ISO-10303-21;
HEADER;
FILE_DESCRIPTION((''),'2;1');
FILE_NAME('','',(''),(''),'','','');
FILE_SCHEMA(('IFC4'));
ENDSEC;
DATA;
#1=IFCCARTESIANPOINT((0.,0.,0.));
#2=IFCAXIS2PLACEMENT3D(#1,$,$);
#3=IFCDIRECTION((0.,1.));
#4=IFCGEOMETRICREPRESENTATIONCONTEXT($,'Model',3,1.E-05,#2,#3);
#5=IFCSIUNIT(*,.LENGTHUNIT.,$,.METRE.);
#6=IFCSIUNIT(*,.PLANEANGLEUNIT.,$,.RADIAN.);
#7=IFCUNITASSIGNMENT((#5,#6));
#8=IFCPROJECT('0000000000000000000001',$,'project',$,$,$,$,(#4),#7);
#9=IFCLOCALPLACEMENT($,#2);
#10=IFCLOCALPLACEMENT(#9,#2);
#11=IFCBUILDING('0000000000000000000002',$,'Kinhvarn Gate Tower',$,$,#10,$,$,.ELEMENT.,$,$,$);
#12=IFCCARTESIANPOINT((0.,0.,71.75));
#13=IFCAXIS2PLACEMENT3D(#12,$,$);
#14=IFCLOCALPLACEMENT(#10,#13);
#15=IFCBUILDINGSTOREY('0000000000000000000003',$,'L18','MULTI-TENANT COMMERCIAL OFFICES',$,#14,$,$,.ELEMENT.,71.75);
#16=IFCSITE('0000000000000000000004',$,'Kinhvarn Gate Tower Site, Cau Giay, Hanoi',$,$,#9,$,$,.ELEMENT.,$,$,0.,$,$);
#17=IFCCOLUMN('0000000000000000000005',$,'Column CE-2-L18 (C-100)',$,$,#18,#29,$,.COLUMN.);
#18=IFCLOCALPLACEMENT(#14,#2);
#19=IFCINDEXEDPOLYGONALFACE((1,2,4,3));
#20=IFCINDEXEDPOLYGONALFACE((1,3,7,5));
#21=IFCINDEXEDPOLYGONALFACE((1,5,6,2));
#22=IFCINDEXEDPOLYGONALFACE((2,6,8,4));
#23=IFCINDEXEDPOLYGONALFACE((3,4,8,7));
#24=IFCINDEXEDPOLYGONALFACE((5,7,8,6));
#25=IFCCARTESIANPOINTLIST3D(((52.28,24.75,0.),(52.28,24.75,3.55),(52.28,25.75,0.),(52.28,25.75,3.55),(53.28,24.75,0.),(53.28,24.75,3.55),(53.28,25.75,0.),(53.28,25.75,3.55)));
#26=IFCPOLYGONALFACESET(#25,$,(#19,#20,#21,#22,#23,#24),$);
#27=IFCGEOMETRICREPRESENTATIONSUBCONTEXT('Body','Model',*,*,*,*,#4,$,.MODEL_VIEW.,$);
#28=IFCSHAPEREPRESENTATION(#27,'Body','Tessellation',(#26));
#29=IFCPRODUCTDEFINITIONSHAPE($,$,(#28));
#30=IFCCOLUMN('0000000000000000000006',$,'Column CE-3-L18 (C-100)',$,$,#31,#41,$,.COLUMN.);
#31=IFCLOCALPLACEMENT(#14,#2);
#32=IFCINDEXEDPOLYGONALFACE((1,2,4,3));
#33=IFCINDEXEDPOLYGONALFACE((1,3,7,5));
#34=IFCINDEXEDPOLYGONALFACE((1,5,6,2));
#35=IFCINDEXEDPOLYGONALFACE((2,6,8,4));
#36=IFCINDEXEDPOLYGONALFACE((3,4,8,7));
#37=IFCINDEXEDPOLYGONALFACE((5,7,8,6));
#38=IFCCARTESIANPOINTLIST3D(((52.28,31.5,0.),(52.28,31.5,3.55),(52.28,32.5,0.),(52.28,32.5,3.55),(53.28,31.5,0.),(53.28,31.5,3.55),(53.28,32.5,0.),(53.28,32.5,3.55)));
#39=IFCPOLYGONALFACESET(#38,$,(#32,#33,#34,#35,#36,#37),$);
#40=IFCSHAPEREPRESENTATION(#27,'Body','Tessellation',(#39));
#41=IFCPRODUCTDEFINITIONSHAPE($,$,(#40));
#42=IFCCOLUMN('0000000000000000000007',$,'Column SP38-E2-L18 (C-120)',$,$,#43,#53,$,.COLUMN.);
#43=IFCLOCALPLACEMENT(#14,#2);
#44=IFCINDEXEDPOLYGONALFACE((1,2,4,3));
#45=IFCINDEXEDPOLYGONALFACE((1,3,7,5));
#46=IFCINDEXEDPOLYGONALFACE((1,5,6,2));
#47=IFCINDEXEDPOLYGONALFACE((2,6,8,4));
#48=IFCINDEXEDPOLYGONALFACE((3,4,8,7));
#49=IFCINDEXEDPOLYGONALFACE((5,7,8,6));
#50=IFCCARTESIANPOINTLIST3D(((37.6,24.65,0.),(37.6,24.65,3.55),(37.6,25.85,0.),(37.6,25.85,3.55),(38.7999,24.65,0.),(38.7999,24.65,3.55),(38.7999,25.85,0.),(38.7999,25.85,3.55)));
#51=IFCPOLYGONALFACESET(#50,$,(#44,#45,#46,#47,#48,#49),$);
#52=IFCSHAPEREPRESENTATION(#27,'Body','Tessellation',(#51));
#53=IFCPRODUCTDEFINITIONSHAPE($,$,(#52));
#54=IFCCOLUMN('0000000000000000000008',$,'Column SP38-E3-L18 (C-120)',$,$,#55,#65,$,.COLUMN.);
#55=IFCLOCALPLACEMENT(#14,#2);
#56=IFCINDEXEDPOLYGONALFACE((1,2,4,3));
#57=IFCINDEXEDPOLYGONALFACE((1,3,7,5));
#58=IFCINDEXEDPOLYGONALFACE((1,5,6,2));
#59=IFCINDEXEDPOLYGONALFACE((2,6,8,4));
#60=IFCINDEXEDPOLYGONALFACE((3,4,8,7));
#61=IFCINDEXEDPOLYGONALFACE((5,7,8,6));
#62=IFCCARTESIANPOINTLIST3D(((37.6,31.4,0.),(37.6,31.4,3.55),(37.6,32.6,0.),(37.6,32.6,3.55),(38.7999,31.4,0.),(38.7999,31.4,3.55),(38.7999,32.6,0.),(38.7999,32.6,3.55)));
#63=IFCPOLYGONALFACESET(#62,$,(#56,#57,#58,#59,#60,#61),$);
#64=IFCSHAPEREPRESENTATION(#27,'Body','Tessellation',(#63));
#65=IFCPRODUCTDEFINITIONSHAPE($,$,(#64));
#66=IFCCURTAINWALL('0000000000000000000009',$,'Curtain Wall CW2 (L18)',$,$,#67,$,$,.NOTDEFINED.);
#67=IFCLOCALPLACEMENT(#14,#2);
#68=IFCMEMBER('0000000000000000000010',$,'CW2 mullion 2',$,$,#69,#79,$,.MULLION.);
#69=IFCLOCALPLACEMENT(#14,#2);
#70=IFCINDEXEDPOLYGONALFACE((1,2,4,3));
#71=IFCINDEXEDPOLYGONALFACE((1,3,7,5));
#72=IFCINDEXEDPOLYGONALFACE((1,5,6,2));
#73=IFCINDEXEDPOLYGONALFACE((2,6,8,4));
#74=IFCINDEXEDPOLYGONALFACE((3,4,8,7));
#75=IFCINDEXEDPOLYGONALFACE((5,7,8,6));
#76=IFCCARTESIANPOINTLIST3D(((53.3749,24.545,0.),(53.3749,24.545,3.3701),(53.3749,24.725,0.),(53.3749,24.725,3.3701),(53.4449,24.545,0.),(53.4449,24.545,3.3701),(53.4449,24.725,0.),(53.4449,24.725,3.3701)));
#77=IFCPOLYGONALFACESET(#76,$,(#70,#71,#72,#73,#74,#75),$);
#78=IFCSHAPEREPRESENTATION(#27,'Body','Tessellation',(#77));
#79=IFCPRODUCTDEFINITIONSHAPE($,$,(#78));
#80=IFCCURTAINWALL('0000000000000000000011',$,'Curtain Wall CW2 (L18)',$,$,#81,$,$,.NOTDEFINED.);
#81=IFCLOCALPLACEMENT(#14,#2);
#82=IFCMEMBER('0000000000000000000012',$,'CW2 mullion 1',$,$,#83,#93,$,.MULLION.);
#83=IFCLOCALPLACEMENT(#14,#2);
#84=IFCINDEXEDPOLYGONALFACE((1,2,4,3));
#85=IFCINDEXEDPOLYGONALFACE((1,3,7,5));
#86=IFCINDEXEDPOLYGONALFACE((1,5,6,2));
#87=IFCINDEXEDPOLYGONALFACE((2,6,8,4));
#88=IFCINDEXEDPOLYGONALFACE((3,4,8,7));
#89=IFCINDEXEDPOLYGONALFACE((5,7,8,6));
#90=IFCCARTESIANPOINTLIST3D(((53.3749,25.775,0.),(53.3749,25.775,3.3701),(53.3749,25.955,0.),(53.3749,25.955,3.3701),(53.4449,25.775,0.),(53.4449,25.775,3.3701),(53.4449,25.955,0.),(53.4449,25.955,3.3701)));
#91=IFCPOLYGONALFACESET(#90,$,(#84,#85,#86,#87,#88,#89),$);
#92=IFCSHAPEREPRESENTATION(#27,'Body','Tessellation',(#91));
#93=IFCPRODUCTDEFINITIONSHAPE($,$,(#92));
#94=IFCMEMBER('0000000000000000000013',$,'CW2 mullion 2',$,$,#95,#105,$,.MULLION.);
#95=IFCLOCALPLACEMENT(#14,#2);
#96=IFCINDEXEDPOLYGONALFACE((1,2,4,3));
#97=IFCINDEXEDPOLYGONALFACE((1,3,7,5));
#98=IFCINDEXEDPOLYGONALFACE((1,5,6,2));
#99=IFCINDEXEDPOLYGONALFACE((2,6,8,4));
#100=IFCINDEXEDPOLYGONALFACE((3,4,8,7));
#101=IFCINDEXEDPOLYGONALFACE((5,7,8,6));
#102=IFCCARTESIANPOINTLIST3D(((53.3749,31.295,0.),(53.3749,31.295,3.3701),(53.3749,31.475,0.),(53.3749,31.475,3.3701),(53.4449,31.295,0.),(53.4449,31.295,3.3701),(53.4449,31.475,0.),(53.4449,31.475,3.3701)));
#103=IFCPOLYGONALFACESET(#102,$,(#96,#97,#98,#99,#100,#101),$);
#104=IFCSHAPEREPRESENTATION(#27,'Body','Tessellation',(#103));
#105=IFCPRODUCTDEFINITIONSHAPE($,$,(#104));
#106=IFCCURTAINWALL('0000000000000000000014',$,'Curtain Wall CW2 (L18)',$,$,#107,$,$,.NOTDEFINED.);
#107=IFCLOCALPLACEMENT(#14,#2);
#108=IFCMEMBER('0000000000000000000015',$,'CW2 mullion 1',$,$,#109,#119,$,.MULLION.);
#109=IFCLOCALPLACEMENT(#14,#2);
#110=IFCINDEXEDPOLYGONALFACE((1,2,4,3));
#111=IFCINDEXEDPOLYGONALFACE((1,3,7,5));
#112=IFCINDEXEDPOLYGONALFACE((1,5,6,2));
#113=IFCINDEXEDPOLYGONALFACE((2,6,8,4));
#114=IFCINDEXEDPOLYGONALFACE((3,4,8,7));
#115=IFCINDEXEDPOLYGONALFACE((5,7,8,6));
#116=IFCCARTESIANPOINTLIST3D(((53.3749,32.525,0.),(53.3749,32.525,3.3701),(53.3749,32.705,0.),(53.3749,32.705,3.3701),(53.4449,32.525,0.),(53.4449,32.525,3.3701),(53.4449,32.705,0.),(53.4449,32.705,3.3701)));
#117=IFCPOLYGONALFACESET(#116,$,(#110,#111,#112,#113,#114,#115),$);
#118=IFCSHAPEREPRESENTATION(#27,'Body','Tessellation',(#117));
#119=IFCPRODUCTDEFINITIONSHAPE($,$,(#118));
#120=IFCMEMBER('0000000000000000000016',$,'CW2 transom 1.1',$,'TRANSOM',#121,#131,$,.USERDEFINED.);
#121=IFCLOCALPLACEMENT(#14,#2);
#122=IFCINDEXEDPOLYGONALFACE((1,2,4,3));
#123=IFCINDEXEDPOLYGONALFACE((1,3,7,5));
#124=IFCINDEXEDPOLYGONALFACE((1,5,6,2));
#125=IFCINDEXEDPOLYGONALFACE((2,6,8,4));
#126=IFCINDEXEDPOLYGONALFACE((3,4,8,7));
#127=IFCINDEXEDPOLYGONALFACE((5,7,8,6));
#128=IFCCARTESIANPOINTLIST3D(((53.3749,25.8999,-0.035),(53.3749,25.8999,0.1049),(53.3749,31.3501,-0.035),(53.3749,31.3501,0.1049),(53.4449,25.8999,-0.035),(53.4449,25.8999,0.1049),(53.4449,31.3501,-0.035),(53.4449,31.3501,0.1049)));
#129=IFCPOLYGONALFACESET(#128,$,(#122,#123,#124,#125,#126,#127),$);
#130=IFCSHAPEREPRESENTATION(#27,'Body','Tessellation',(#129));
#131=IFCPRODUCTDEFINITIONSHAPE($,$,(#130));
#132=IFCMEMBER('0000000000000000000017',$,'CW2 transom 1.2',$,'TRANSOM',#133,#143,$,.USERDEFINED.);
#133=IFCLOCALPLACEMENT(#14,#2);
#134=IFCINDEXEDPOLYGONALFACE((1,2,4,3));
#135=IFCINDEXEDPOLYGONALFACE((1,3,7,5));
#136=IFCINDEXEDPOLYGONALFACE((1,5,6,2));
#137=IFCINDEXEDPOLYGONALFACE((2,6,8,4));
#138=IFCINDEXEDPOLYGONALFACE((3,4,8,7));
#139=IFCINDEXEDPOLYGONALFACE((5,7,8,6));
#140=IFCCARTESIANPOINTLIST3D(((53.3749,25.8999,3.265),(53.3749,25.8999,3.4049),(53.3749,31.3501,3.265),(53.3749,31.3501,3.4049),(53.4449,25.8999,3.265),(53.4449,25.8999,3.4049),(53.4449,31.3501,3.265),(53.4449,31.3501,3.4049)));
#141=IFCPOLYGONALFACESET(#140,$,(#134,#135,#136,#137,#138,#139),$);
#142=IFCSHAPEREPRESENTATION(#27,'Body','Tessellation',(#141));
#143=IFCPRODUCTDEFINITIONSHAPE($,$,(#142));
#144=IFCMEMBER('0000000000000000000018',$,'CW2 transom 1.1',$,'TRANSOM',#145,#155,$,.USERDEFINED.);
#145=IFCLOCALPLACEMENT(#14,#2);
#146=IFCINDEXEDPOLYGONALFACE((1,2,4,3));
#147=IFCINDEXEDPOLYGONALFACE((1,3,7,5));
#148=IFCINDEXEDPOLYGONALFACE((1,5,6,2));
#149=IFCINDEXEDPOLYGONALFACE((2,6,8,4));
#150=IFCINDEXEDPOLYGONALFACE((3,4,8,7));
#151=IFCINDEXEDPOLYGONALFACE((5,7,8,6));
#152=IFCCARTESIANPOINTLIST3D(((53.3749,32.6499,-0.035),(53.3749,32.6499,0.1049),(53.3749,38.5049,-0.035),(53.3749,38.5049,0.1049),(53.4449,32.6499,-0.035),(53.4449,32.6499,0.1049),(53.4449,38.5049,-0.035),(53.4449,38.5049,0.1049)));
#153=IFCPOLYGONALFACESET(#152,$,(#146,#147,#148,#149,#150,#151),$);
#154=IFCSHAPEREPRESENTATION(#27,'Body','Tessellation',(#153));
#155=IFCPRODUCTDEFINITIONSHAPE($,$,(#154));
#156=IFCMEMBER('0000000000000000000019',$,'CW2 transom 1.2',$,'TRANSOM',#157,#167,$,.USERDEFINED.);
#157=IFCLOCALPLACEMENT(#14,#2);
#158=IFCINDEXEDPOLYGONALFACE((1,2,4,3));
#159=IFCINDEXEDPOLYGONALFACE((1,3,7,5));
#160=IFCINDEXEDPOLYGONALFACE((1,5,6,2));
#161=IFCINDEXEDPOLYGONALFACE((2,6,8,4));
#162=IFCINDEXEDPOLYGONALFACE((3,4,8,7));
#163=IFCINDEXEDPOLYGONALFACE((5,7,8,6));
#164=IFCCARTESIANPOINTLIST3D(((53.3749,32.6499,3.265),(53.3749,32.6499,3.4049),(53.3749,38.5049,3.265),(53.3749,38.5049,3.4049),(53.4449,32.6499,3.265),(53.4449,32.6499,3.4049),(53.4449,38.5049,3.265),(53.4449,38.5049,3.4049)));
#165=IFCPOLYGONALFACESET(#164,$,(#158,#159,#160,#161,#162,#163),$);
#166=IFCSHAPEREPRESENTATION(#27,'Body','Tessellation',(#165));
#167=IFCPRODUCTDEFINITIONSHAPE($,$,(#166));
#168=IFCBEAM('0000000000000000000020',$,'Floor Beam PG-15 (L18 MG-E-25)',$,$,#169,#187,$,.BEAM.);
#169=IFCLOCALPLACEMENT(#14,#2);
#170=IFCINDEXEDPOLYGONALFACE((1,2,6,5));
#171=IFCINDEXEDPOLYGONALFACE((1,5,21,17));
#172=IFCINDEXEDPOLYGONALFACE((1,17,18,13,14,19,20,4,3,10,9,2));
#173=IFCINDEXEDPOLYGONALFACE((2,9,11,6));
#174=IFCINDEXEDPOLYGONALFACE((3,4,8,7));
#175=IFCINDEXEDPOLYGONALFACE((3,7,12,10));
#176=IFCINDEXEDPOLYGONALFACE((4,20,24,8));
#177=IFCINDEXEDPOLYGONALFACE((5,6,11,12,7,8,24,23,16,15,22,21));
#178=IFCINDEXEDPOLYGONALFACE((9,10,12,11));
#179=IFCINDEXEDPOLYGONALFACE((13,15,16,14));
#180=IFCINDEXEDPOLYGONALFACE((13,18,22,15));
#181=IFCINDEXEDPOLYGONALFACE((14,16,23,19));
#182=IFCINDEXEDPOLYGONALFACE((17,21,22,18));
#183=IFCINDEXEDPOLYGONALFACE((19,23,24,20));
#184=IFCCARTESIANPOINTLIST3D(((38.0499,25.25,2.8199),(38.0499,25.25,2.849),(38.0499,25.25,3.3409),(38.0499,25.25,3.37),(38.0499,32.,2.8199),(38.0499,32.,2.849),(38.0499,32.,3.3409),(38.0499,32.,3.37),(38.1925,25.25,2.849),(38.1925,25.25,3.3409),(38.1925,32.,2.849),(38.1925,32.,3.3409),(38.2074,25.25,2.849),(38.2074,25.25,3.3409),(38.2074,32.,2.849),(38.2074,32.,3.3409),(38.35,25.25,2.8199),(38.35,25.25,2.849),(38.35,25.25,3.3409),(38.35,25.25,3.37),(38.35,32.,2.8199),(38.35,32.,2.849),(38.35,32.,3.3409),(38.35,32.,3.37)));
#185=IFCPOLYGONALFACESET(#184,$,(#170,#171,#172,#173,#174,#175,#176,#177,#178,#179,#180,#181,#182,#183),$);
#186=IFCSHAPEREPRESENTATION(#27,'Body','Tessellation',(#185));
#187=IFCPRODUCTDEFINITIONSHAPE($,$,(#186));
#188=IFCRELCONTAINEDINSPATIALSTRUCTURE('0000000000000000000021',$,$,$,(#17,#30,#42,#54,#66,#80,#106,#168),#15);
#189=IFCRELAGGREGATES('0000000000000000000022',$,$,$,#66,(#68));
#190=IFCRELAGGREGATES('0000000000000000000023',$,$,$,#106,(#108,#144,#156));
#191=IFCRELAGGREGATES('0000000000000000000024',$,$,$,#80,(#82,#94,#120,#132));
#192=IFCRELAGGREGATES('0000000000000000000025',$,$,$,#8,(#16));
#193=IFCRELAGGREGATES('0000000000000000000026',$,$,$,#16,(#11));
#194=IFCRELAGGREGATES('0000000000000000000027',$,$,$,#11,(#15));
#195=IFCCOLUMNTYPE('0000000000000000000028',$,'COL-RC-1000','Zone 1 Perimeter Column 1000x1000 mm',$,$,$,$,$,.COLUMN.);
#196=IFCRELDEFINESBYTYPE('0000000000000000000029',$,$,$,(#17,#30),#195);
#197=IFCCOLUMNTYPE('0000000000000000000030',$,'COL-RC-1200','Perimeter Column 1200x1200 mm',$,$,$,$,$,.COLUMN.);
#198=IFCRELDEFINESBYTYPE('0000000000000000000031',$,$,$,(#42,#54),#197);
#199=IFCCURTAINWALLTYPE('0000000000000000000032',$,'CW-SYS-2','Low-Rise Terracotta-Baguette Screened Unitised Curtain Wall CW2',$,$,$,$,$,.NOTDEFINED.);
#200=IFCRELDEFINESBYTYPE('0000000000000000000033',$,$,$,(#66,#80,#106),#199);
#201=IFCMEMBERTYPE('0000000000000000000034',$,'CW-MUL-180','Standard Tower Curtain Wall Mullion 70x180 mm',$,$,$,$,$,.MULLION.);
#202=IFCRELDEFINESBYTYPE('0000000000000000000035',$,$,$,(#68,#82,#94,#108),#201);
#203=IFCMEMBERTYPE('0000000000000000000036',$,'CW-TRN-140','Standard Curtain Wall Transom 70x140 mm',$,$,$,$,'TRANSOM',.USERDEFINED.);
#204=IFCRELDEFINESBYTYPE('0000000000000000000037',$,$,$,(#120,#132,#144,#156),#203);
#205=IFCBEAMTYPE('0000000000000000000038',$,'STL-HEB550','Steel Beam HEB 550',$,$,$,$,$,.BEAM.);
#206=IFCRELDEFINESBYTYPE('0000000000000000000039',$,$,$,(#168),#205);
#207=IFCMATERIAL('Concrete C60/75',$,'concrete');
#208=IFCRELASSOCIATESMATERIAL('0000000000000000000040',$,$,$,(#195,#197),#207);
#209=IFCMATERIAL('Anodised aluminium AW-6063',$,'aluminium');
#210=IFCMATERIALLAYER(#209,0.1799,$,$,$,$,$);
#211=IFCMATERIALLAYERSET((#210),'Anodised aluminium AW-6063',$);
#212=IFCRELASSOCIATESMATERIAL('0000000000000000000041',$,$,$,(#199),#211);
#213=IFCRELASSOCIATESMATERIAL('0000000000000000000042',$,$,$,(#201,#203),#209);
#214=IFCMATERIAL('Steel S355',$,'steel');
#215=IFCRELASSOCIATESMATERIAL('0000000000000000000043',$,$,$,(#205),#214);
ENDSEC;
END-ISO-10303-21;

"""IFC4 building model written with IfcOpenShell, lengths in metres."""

from ifc_helpers import new_model, si_unit, direction, frame, origin, origin_2d, place, context, subcontext, project, spatial, rectangle, i_section, extrude, material, layer, layer_set, material_profile, profile_set, type_object, element, aggregate, save


model = new_model("IFC4")

# Units and contexts
model_context = context("Model", 3, precision=1e-05, world=origin(), true_north=direction((0.0, 1.0)))
body_context = subcontext(model_context, "Body", "Model", "MODEL_VIEW")
ifc_project = project(units=[si_unit("LENGTHUNIT", "METRE"), si_unit("PLANEANGLEUNIT", "RADIAN")], contexts=[model_context])

# Site, building, storey
site_placement = place(None, origin())
site = spatial("IfcSite", under=ifc_project, at=site_placement, Name="Kinhvarn Gate Tower Site, Cau Giay, Hanoi", CompositionType="ELEMENT", RefElevation=0.0)
building_placement = place(site_placement, origin())
building = spatial("IfcBuilding", under=site, at=building_placement, Name="Kinhvarn Gate Tower", CompositionType="ELEMENT")
storey_placement = place(building_placement, frame((0.0, 0.0, 71.75)))
storey = spatial("IfcBuildingStorey", under=building, at=storey_placement, Name="L18", Description="MULTI-TENANT COMMERCIAL OFFICES", CompositionType="ELEMENT", Elevation=71.75)

# Columns
ifc_material_1 = material(Name="Concrete C60/75", Category="concrete")
ifc_material_profile_1 = material_profile(ifc_material_1, rectangle(XDim=1.0, YDim=1.0, at=origin_2d()), Name="RC 1000x1000")
ifc_profile_set_1 = profile_set([ifc_material_profile_1], Name="Concrete C60/75")
column_type_1 = type_object("IfcColumnType", Name="COL-RC-1000", Description="Zone 1 Perimeter Column 1000x1000 mm", PredefinedType="COLUMN", material=ifc_profile_set_1)
for number, where, z_axis, x_axis, name in (
    (1, (52.78, 25.25, 0.0), (0.0, 0.0, 1.0), (1.0, 0.0, 0.0), "Column CE-2-L18 (C-100)"),
    (2, (52.78, 32.0, 0.0), (0.0, 0.0, 1.0), (1.0, 0.0, 0.0), "Column CE-3-L18 (C-100)"),
):
    element("IfcColumn", number, at=place(storey_placement, frame(where, z_axis=z_axis, x_axis=x_axis)), inside=storey, type_object=column_type_1, Name=name, PredefinedType="COLUMN", context=body_context, shape_type="SweptSolid", body=[
        extrude(rectangle(XDim=1.0, YDim=1.0, at=origin_2d()), origin(), (0.0, 0.0, 1.0), 3.55),
    ])
ifc_material_profile_2 = material_profile(ifc_material_1, rectangle(XDim=1.2, YDim=1.2, at=origin_2d()), Name="RC 1200x1200")
ifc_profile_set_2 = profile_set([ifc_material_profile_2], Name="Concrete C60/75")
column_type_2 = type_object("IfcColumnType", Name="COL-RC-1200", Description="Perimeter Column 1200x1200 mm", PredefinedType="COLUMN", material=ifc_profile_set_2)
for number, where, z_axis, x_axis, name in (
    (3, (38.2, 25.25, 0.0), (0.0, 0.0, 1.0), (1.0, 0.0, 0.0), "Column SP38-E2-L18 (C-120)"),
    (4, (38.2, 32.0, 0.0), (0.0, 0.0, 1.0), (1.0, 0.0, 0.0), "Column SP38-E3-L18 (C-120)"),
):
    element("IfcColumn", number, at=place(storey_placement, frame(where, z_axis=z_axis, x_axis=x_axis)), inside=storey, type_object=column_type_2, Name=name, PredefinedType="COLUMN", context=body_context, shape_type="SweptSolid", body=[
        extrude(rectangle(XDim=1.2, YDim=1.2, at=origin_2d()), origin(), (0.0, 0.0, 1.0), 3.55),
    ])

# Curtain wall, member
ifc_material_2 = material(Name="Anodised aluminium AW-6063", Category="aluminium")
ifc_layer_1 = layer(ifc_material_2, 0.1799)
ifc_layer_set_1 = layer_set([ifc_layer_1], Name="Anodised aluminium AW-6063")
curtain_wall_type = type_object("IfcCurtainWallType", Name="CW-SYS-2", Description="Low-Rise Terracotta-Baguette Screened Unitised Curtain Wall CW2", PredefinedType="NOTDEFINED", material=ifc_layer_set_1)
curtain_wall_1_placement = place(storey_placement, origin())
curtain_wall_1 = element("IfcCurtainWall", 5, at=curtain_wall_1_placement, inside=storey, type_object=curtain_wall_type, Name="Curtain Wall CW2 (L18)", PredefinedType="NOTDEFINED")
ifc_material_profile_3 = material_profile(ifc_material_2, rectangle(XDim=0.0701, YDim=0.1799, at=origin_2d()), Name="ALU 70x180")
ifc_profile_set_3 = profile_set([ifc_material_profile_3], Name="Anodised aluminium AW-6063")
member_type_1 = type_object("IfcMemberType", Name="CW-MUL-180", Description="Standard Tower Curtain Wall Mullion 70x180 mm", PredefinedType="MULLION", material=ifc_profile_set_3)
member_1_placement = place(storey_placement, frame((53.4099, 24.635, 0.0), z_axis=(0.0, 0.0, 1.0), x_axis=(-1.0, 0.0, 0.0)))
member_1 = element("IfcMember", 6, at=member_1_placement, type_object=member_type_1, Name="CW2 mullion 2", PredefinedType="MULLION", context=body_context, shape_type="SweptSolid", body=[
    extrude(rectangle(XDim=0.0701, YDim=0.1799, at=origin_2d()), origin(), (0.0, 0.0, 1.0), 3.3701),
])
aggregate(curtain_wall_1, [member_1])

# Curtain wall, members
curtain_wall_2_placement = place(storey_placement, origin())
curtain_wall_2 = element("IfcCurtainWall", 7, at=curtain_wall_2_placement, inside=storey, type_object=curtain_wall_type, Name="Curtain Wall CW2 (L18)", PredefinedType="NOTDEFINED")
member_2_placement = place(storey_placement, frame((53.4099, 25.865, 0.0), z_axis=(0.0, 0.0, 1.0), x_axis=(-1.0, 0.0, 0.0)))
member_2 = element("IfcMember", 8, at=member_2_placement, type_object=member_type_1, Name="CW2 mullion 1", PredefinedType="MULLION", context=body_context, shape_type="SweptSolid", body=[
    extrude(rectangle(XDim=0.0701, YDim=0.1799, at=origin_2d()), origin(), (0.0, 0.0, 1.0), 3.3701),
])
member_3_placement = place(storey_placement, frame((53.4099, 31.385, 0.0), z_axis=(0.0, 0.0, 1.0), x_axis=(-1.0, 0.0, 0.0)))
member_3 = element("IfcMember", 9, at=member_3_placement, type_object=member_type_1, Name="CW2 mullion 2", PredefinedType="MULLION", context=body_context, shape_type="SweptSolid", body=[
    extrude(rectangle(XDim=0.0701, YDim=0.1799, at=origin_2d()), origin(), (0.0, 0.0, 1.0), 3.3701),
])

# Curtain wall, member
curtain_wall_3_placement = place(storey_placement, origin())
curtain_wall_3 = element("IfcCurtainWall", 10, at=curtain_wall_3_placement, inside=storey, type_object=curtain_wall_type, Name="Curtain Wall CW2 (L18)", PredefinedType="NOTDEFINED")
member_4_placement = place(storey_placement, frame((53.4099, 32.615, 0.0), z_axis=(0.0, 0.0, 1.0), x_axis=(-1.0, 0.0, 0.0)))
member_4 = element("IfcMember", 11, at=member_4_placement, type_object=member_type_1, Name="CW2 mullion 1", PredefinedType="MULLION", context=body_context, shape_type="SweptSolid", body=[
    extrude(rectangle(XDim=0.0701, YDim=0.1799, at=origin_2d()), origin(), (0.0, 0.0, 1.0), 3.3701),
])

# Members
ifc_material_profile_4 = material_profile(ifc_material_2, rectangle(XDim=0.0701, YDim=0.1399, at=origin_2d()), Name="ALU 70x140")
ifc_profile_set_4 = profile_set([ifc_material_profile_4], Name="Anodised aluminium AW-6063")
member_type_2 = type_object("IfcMemberType", Name="CW-TRN-140", Description="Standard Curtain Wall Transom 70x140 mm", ElementType="TRANSOM", PredefinedType="USERDEFINED", material=ifc_profile_set_4)
member_5_placement = place(storey_placement, frame((53.4099, 25.8999, 0.0349), z_axis=(0.0, 1.0, 0.0), x_axis=(-1.0, 0.0, 0.0)))
member_5 = element("IfcMember", 12, at=member_5_placement, type_object=member_type_2, Name="CW2 transom 1.1", ObjectType="TRANSOM", PredefinedType="USERDEFINED", context=body_context, shape_type="SweptSolid", body=[
    extrude(rectangle(XDim=0.0701, YDim=0.1399, at=origin_2d()), origin(), (0.0, 0.0, 1.0), 5.4502),
])
member_6_placement = place(storey_placement, frame((53.4099, 25.8999, 3.335), z_axis=(0.0, 1.0, 0.0), x_axis=(-1.0, 0.0, 0.0)))
member_6 = element("IfcMember", 13, at=member_6_placement, type_object=member_type_2, Name="CW2 transom 1.2", ObjectType="TRANSOM", PredefinedType="USERDEFINED", context=body_context, shape_type="SweptSolid", body=[
    extrude(rectangle(XDim=0.0701, YDim=0.1399, at=origin_2d()), origin(), (0.0, 0.0, 1.0), 5.4502),
])
member_7_placement = place(storey_placement, frame((53.4099, 32.6499, 0.0349), z_axis=(0.0, 1.0, 0.0), x_axis=(-1.0, 0.0, 0.0)))
member_7 = element("IfcMember", 14, at=member_7_placement, type_object=member_type_2, Name="CW2 transom 1.1", ObjectType="TRANSOM", PredefinedType="USERDEFINED", context=body_context, shape_type="SweptSolid", body=[
    extrude(rectangle(XDim=0.0701, YDim=0.1399, at=origin_2d()), origin(), (0.0, 0.0, 1.0), 5.855),
])
member_8_placement = place(storey_placement, frame((53.4099, 32.6499, 3.335), z_axis=(0.0, 1.0, 0.0), x_axis=(-1.0, 0.0, 0.0)))
member_8 = element("IfcMember", 15, at=member_8_placement, type_object=member_type_2, Name="CW2 transom 1.2", ObjectType="TRANSOM", PredefinedType="USERDEFINED", context=body_context, shape_type="SweptSolid", body=[
    extrude(rectangle(XDim=0.0701, YDim=0.1399, at=origin_2d()), origin(), (0.0, 0.0, 1.0), 5.855),
])
aggregate(curtain_wall_3, [member_4, member_7, member_8])

# Beam
ifc_material_3 = material(Name="Steel S355", Category="steel")
ifc_material_profile_5 = material_profile(ifc_material_3, i_section(OverallWidth=0.3, OverallDepth=0.55, WebThickness=0.0149, FlangeThickness=0.0291, at=origin_2d()), Name="HEB 550")
ifc_profile_set_5 = profile_set([ifc_material_profile_5], Name="Steel S355")
beam_type_1 = type_object("IfcBeamType", Name="STL-HEB550", Description="Steel Beam HEB 550", PredefinedType="BEAM", material=ifc_profile_set_5)
beam_1_placement = place(storey_placement, frame((38.2, 25.25, 3.095), z_axis=(0.0, 1.0, 0.0), x_axis=(-1.0, 0.0, 0.0)))
element("IfcBeam", 16, at=beam_1_placement, inside=storey, type_object=beam_type_1, Name="Floor Beam PG-15 (L18 MG-E-25)", PredefinedType="BEAM", context=body_context, shape_type="SweptSolid", body=[
    extrude(i_section(OverallWidth=0.3, OverallDepth=0.55, WebThickness=0.0149, FlangeThickness=0.0291, at=origin_2d()), origin(), (0.0, 0.0, 1.0), 6.75),
])

aggregate(curtain_wall_2, [member_2, member_3, member_5, member_6])

save(model, "model.ifc")
